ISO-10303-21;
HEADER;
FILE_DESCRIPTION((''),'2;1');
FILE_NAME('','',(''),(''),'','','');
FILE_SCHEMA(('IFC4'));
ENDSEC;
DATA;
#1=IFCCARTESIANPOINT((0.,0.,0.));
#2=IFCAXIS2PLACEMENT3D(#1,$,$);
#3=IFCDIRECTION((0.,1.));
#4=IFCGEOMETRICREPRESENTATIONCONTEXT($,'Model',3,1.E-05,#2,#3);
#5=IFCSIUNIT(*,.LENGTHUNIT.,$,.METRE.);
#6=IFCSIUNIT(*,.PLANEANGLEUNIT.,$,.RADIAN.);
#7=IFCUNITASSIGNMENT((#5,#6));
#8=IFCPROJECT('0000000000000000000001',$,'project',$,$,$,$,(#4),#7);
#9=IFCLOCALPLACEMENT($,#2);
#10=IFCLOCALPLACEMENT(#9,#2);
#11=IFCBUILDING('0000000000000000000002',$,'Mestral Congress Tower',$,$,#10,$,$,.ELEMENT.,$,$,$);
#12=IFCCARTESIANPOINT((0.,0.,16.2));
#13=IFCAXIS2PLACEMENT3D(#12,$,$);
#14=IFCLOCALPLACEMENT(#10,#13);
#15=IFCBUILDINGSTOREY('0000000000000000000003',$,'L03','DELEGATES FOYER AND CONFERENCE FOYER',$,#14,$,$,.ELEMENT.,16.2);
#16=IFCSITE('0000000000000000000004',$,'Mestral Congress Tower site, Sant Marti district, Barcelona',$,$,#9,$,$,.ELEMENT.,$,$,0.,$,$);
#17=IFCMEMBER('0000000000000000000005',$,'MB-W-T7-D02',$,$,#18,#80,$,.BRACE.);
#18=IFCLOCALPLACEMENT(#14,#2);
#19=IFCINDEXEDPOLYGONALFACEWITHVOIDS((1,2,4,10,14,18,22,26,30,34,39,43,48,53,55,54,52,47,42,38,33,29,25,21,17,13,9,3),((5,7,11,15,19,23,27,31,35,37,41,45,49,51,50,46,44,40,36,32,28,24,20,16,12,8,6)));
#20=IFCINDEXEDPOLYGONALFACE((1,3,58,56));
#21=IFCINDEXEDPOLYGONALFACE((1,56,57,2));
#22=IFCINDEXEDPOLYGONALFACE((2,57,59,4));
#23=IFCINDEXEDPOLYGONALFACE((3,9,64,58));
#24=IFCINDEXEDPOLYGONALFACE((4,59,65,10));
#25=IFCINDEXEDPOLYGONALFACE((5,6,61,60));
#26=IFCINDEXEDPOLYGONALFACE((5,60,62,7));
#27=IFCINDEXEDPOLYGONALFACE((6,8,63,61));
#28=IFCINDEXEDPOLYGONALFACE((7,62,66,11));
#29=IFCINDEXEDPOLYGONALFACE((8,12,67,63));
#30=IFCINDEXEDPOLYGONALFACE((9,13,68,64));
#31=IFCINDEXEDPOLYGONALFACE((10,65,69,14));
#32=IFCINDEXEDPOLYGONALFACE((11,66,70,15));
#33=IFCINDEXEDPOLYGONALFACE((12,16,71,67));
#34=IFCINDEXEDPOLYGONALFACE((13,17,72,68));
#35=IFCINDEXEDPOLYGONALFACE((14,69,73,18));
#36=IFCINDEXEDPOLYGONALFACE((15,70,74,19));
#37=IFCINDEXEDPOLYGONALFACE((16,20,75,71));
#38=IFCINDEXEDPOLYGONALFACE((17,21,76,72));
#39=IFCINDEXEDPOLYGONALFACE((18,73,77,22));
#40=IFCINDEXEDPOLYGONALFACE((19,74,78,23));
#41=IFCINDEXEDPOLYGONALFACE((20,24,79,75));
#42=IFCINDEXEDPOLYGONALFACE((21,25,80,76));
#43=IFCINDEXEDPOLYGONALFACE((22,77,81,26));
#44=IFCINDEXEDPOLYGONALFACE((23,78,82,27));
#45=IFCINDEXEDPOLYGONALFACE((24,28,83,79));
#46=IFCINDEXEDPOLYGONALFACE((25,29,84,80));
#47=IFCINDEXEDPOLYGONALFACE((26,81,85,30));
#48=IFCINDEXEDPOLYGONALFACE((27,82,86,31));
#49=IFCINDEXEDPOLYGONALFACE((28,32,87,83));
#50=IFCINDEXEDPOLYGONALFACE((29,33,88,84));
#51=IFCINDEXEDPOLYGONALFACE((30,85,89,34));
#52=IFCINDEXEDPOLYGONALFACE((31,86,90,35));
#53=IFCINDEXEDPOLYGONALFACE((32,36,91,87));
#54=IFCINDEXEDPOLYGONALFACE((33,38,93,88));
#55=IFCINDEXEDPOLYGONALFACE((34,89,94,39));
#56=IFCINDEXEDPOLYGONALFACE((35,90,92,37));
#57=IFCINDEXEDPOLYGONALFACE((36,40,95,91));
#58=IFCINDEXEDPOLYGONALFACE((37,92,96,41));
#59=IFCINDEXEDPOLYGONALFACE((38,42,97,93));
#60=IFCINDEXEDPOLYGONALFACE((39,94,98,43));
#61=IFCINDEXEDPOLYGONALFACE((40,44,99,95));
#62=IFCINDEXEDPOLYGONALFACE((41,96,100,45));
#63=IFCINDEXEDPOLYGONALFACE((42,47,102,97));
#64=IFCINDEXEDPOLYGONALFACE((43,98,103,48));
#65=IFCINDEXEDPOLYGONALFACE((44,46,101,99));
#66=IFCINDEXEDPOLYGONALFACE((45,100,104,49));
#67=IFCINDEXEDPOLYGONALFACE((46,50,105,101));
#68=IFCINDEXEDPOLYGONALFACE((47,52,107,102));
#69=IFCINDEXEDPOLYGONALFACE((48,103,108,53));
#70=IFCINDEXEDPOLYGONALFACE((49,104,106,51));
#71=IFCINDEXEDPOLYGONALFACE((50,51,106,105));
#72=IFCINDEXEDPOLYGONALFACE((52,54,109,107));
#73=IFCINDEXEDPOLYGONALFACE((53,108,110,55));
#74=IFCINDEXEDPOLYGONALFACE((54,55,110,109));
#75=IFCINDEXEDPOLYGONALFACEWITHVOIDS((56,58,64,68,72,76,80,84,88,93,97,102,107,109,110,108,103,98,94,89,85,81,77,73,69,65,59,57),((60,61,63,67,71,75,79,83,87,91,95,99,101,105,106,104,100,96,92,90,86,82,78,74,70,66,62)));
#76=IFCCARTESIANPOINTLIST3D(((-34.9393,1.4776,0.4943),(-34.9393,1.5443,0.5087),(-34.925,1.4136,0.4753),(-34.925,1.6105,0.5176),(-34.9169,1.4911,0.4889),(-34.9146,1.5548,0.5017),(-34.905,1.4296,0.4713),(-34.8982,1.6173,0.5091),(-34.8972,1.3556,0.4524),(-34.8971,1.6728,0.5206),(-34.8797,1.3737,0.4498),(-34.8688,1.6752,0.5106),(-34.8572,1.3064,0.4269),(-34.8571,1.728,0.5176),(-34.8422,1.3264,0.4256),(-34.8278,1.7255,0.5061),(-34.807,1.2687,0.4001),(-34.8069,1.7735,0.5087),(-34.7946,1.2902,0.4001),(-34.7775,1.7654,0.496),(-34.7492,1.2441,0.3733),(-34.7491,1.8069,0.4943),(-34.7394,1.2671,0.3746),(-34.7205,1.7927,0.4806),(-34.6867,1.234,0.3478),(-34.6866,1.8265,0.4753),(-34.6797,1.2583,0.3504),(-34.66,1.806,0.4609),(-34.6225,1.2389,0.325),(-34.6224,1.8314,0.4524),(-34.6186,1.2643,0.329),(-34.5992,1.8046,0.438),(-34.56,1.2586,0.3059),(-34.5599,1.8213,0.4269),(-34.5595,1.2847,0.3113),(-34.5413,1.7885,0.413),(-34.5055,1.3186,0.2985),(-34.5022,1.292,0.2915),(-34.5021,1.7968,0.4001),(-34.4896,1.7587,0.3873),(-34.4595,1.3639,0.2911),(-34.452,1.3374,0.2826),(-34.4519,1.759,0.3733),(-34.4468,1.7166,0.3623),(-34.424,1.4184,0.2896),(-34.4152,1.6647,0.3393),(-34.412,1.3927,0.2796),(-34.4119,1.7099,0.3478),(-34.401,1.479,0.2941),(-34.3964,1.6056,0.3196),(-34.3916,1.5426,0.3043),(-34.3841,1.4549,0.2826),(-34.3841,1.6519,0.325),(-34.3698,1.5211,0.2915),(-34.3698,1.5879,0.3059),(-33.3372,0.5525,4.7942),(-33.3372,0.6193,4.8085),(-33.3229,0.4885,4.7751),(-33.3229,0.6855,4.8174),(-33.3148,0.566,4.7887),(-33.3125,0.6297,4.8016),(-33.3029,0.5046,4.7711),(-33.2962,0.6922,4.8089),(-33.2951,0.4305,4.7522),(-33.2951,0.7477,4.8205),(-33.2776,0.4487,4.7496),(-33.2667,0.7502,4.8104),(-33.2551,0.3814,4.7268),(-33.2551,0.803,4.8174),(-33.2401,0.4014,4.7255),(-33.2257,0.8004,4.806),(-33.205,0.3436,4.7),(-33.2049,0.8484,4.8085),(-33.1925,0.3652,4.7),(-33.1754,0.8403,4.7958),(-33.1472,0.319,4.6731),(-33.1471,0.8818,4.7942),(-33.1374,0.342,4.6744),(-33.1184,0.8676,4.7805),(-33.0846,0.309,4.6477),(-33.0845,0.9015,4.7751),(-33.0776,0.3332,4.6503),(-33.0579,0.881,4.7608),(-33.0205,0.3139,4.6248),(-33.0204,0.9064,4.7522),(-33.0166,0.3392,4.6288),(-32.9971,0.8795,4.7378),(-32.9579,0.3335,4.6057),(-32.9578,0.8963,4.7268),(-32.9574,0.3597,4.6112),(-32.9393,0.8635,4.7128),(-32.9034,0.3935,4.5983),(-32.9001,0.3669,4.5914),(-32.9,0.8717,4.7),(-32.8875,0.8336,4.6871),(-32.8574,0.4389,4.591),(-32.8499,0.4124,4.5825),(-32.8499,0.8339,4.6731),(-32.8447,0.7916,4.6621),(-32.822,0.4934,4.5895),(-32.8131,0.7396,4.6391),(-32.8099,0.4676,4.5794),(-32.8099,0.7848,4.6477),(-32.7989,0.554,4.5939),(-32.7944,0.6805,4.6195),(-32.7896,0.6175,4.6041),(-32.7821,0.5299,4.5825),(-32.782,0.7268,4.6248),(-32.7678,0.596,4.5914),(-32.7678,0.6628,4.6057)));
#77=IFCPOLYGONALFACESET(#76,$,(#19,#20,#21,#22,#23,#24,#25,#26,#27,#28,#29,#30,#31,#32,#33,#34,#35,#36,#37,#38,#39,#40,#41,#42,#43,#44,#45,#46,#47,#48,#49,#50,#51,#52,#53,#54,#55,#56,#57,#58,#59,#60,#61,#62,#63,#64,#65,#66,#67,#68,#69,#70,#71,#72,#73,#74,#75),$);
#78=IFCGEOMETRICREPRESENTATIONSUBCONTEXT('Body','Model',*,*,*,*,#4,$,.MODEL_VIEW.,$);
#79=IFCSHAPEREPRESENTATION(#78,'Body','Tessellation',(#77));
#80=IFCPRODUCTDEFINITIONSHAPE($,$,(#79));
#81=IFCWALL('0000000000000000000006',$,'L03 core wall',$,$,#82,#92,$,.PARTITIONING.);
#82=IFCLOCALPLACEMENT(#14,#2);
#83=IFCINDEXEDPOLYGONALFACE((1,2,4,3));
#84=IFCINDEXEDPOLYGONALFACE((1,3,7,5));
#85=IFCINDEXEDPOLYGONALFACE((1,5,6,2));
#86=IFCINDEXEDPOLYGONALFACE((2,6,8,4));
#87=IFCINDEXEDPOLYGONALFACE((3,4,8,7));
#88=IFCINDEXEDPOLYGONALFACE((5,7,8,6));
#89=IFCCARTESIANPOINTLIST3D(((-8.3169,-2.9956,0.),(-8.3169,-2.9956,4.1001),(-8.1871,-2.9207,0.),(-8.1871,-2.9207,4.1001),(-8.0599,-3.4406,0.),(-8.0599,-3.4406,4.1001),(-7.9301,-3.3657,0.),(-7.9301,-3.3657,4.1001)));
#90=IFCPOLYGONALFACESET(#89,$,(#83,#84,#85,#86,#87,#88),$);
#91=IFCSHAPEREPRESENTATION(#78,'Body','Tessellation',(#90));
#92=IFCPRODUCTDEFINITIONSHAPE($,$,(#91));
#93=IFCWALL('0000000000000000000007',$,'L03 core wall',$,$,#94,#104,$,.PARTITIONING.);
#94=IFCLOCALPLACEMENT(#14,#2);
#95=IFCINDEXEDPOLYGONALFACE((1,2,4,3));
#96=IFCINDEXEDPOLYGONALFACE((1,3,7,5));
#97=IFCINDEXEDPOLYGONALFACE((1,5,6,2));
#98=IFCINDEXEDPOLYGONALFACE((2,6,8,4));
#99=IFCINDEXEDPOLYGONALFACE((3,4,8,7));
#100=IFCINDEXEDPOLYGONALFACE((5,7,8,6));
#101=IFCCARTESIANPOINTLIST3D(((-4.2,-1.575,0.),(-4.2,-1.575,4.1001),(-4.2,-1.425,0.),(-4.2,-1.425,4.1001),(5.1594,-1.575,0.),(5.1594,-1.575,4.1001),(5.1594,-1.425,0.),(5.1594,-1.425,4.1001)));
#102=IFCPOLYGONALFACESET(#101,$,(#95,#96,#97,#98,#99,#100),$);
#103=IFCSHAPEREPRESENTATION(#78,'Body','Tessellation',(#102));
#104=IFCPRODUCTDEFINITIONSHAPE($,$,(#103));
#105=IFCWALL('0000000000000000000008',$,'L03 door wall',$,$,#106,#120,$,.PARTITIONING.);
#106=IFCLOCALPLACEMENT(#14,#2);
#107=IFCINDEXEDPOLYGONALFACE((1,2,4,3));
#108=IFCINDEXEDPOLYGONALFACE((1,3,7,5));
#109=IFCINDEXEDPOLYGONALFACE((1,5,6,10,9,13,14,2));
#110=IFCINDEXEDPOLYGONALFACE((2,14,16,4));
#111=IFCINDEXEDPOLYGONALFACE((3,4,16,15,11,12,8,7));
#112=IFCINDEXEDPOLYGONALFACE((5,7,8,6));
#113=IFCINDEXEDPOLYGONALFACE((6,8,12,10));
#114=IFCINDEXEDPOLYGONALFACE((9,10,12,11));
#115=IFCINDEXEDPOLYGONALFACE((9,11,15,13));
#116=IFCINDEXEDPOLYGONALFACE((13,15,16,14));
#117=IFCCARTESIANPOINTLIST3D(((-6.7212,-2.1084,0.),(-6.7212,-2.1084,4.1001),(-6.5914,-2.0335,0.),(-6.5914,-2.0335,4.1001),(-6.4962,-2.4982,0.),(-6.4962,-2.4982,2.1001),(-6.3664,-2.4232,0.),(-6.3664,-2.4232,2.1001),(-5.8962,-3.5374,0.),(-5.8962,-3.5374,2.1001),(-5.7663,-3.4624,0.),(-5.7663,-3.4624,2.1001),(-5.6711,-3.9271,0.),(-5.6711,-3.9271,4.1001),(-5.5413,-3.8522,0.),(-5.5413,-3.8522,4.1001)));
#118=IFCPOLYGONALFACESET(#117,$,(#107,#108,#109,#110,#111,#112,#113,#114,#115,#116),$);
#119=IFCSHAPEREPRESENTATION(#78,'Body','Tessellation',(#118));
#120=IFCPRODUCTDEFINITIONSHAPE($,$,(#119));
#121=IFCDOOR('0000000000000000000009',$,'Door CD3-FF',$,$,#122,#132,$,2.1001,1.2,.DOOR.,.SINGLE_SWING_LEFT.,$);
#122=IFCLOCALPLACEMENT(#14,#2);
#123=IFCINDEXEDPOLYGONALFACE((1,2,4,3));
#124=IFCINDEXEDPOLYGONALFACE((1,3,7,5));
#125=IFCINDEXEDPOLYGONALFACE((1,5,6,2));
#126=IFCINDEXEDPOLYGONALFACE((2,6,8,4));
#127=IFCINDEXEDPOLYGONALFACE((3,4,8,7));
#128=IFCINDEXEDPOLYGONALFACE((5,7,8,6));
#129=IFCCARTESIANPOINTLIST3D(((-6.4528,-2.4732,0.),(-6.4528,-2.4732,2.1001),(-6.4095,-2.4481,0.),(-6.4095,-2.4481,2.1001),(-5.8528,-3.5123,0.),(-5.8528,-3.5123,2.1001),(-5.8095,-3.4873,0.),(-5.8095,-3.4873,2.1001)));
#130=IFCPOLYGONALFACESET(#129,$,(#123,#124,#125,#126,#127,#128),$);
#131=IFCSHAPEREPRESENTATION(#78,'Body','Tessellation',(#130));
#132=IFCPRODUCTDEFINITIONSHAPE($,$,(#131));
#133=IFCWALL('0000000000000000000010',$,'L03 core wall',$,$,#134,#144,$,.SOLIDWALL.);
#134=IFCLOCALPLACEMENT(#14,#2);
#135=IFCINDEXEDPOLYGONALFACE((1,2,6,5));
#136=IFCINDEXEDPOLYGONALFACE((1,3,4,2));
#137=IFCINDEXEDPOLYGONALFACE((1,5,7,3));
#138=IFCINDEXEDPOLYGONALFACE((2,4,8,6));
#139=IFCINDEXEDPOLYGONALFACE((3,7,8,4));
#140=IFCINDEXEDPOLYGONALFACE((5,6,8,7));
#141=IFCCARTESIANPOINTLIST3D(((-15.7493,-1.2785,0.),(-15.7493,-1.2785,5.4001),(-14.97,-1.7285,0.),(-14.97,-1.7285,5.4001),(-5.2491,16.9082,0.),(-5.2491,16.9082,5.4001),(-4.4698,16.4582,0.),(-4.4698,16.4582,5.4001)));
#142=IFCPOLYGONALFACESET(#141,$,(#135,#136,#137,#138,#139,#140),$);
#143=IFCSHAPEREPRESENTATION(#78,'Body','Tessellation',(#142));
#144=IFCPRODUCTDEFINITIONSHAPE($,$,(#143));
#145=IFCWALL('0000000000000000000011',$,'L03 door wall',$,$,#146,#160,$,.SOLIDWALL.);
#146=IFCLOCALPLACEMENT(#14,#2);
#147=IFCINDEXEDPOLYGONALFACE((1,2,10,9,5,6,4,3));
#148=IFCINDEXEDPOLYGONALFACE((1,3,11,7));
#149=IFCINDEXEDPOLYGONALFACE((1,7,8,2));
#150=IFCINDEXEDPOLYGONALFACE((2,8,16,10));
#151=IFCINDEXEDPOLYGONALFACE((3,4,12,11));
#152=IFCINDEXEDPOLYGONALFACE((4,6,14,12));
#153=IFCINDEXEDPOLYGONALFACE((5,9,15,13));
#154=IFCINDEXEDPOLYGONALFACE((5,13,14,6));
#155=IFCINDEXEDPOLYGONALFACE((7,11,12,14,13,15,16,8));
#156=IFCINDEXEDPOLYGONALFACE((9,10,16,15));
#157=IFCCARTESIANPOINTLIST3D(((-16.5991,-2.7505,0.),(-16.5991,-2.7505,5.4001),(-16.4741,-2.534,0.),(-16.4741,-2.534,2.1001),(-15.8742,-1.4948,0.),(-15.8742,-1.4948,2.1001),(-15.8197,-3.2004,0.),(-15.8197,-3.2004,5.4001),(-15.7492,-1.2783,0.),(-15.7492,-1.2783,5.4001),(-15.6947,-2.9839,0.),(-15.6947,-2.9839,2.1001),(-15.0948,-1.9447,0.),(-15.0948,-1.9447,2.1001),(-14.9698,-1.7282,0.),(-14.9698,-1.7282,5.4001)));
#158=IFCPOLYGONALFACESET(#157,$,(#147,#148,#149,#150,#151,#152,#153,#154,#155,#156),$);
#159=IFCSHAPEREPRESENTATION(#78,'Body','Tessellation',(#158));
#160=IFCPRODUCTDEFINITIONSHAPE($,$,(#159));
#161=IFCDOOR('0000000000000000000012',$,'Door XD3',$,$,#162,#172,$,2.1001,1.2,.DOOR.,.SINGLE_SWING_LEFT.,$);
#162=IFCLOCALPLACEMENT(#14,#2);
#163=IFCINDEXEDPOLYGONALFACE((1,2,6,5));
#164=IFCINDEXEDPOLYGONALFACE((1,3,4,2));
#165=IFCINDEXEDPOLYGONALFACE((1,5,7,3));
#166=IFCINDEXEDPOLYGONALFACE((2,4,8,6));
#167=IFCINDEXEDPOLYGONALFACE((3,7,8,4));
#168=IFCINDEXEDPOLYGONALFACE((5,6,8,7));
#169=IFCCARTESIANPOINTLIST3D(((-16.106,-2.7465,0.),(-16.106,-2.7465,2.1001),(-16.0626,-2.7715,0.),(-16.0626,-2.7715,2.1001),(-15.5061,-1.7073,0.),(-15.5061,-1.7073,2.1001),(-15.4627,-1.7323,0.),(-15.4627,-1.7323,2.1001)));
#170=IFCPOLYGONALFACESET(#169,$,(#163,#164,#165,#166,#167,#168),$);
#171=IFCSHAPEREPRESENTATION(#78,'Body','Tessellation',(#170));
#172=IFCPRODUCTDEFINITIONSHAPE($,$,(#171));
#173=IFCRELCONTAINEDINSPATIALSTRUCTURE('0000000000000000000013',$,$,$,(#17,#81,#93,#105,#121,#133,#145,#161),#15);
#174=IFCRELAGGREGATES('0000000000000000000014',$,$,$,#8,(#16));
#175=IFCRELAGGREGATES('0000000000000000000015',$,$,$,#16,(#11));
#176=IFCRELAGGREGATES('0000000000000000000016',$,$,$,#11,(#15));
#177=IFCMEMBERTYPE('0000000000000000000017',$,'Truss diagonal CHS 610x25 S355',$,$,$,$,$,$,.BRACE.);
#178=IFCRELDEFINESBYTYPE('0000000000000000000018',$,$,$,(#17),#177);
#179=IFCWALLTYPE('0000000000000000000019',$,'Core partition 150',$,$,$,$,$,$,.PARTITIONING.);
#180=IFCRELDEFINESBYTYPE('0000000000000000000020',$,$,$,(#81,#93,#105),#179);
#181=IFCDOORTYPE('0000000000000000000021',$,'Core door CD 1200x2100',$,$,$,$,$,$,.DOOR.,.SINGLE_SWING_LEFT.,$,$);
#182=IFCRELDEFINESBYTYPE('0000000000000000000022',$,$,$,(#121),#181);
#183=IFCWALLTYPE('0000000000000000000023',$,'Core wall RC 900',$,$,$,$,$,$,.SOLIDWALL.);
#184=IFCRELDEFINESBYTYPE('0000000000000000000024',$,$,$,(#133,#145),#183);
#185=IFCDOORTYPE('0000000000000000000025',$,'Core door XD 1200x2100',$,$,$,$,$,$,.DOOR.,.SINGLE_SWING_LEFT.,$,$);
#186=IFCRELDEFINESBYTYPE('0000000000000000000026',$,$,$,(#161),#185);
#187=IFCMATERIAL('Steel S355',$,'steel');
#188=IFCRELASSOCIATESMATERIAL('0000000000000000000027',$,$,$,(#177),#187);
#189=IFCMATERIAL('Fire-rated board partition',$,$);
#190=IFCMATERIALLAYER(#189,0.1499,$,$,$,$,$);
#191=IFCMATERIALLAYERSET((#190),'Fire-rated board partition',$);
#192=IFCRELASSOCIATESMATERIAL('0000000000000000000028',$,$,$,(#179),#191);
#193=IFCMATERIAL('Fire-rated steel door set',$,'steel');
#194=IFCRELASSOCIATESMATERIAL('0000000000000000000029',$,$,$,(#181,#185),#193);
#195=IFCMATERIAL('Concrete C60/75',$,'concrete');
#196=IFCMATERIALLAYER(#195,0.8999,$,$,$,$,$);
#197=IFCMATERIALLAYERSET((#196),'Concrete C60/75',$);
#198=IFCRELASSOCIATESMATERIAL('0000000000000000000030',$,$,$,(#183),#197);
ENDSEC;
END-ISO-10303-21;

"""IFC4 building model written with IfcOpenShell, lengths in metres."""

from ifc_helpers import new_model, si_unit, direction, frame, frame_2d, origin, origin_2d, place, context, subcontext, project, spatial, rectangle, hollow_circle, extrude, material, layer, layer_set, material_profile, profile_set, type_object, element, fill, save


model = new_model("IFC4")

# Units and contexts
model_context = context("Model", 3, precision=1e-05, world=origin(), true_north=direction((0.0, 1.0)))
body_context = subcontext(model_context, "Body", "Model", "MODEL_VIEW")
ifc_project = project(units=[si_unit("LENGTHUNIT", "METRE"), si_unit("PLANEANGLEUNIT", "RADIAN")], contexts=[model_context])

# Site, building, storey
site_placement = place(None, origin())
site = spatial("IfcSite", under=ifc_project, at=site_placement, Name="Mestral Congress Tower site, Sant Marti district, Barcelona", CompositionType="ELEMENT", RefElevation=0.0)
building_placement = place(site_placement, origin())
building = spatial("IfcBuilding", under=site, at=building_placement, Name="Mestral Congress Tower", CompositionType="ELEMENT")
storey_placement = place(building_placement, frame((0.0, 0.0, 16.2)))
storey = spatial("IfcBuildingStorey", under=building, at=storey_placement, Name="L03", Description="DELEGATES FOYER AND CONFERENCE FOYER", CompositionType="ELEMENT", Elevation=16.2)

# Member
ifc_material_1 = material(Name="Steel S355", Category="steel")
ifc_material_profile_1 = material_profile(ifc_material_1, hollow_circle(Radius=0.3049, WallThickness=0.0249, at=origin_2d()), Name="CHS 610x25")
ifc_profile_set_1 = profile_set([ifc_material_profile_1], Name="Steel S355")
member_type_1 = type_object("IfcMemberType", Name="Truss diagonal CHS 610x25 S355", PredefinedType="BRACE", material=ifc_profile_set_1)
for number, where, z_axis, x_axis, name in (
    (1, (-33.0525, 0.6077, 4.7), (-0.342254, 0.197623, -0.91859), (-0.500042, -0.866001, 0.0), "MB-W-T7-D02"),
):
    element("IfcMember", number, at=place(storey_placement, frame(where, z_axis=z_axis, x_axis=x_axis)), inside=storey, type_object=member_type_1, Name=name, PredefinedType="BRACE", context=body_context, shape_type="SweptSolid", body=[
        extrude(hollow_circle(Radius=0.3049, WallThickness=0.0249, at=origin_2d()), origin(), (0.0, 0.0, 1.0), 4.6809),
    ])

# Walls
ifc_material_2 = material(Name="Fire-rated board partition")
ifc_layer_1 = layer(ifc_material_2, 0.1499)
ifc_layer_set_1 = layer_set([ifc_layer_1], Name="Fire-rated board partition")
wall_type_1 = type_object("IfcWallType", Name="Core partition 150", PredefinedType="PARTITIONING", material=ifc_layer_set_1)
wall_1_placement = place(storey_placement, frame((-8.252, -2.9583, 0.0), z_axis=(0.0, 0.0, 1.0), x_axis=(0.500175, -0.865925, 0.0)))
element("IfcWall", 2, at=wall_1_placement, inside=storey, type_object=wall_type_1, Name="L03 core wall", PredefinedType="PARTITIONING", context=body_context, shape_type="SweptSolid", body=[
    extrude(rectangle(XDim=0.5139, YDim=0.1499, at=frame_2d((0.2568, 0.0))), origin(), (0.0, 0.0, 1.0), 4.1001),
])
wall_2_placement = place(storey_placement, frame((-4.2, -1.5, 0.0), z_axis=(0.0, 0.0, 1.0), x_axis=(1.0, 0.0, 0.0)))
element("IfcWall", 3, at=wall_2_placement, inside=storey, type_object=wall_type_1, Name="L03 core wall", PredefinedType="PARTITIONING", context=body_context, shape_type="SweptSolid", body=[
    extrude(rectangle(XDim=9.3594, YDim=0.1499, at=frame_2d((4.6797, 0.0))), origin(), (0.0, 0.0, 1.0), 4.1001),
])

# Wall, opening, door
wall_3_placement = place(storey_placement, frame((-5.6062, -3.8896, 0.0), z_axis=(0.0, 0.0, 1.0), x_axis=(-0.500028, 0.866009, 0.0)))
wall_3 = element("IfcWall", 4, at=wall_3_placement, inside=storey, type_object=wall_type_1, Name="L03 door wall", PredefinedType="PARTITIONING", context=body_context, shape_type="SweptSolid", body=[
    extrude(rectangle(XDim=2.1001, YDim=0.1499, at=frame_2d((1.05, 0.0))), origin(), (0.0, 0.0, 1.0), 4.1001),
])
opening_1_placement = place(wall_3_placement, frame((0.45, 0.0, 0.0)))
opening_1 = element("IfcOpeningElement", 5, at=opening_1_placement, cuts=wall_3, PredefinedType="OPENING", context=body_context, shape_type="SweptSolid", body=[
    extrude(rectangle(XDim=1.2, YDim=2.1001, at=frame_2d((0.6001, 1.05))), frame((0.0, 0.085, 0.0), z_axis=(0.0, -1.0, 0.0), x_axis=(1.0, 0.0, 0.0)), (0.0, 0.0, 1.0), 0.1699),
])
ifc_material_3 = material(Name="Fire-rated steel door set", Category="steel")
door_type_1 = type_object("IfcDoorType", Name="Core door CD 1200x2100", OperationType="SINGLE_SWING_LEFT", PredefinedType="DOOR", material=ifc_material_3)
door_1_placement = place(opening_1_placement, origin())
door_1 = element("IfcDoor", 6, at=door_1_placement, inside=storey, type_object=door_type_1, Name="Door CD3-FF", OperationType="SINGLE_SWING_LEFT", OverallHeight=2.1001, OverallWidth=1.2, PredefinedType="DOOR", context=body_context, shape_type="SweptSolid", body=[
    extrude(rectangle(XDim=1.2, YDim=2.1001, at=frame_2d((0.6001, 1.05))), frame((0.0, 0.0249, 0.0), z_axis=(0.0, -1.0, 0.0), x_axis=(1.0, 0.0, 0.0)), (0.0, 0.0, 1.0), 0.05),
])
fill(opening_1, door_1)

# Wall
ifc_material_4 = material(Name="Concrete C60/75", Category="concrete")
ifc_layer_2 = layer(ifc_material_4, 0.8999)
ifc_layer_set_2 = layer_set([ifc_layer_2], Name="Concrete C60/75")
wall_type_2 = type_object("IfcWallType", Name="Core wall RC 900", PredefinedType="SOLIDWALL", material=ifc_layer_set_2)
wall_4_placement = place(storey_placement, frame((-15.3596, -1.5034, 0.0), z_axis=(0.0, 0.0, 1.0), x_axis=(0.500004, 0.866023, 0.0)))
element("IfcWall", 7, at=wall_4_placement, inside=storey, type_object=wall_type_2, Name="L03 core wall", PredefinedType="SOLIDWALL", context=body_context, shape_type="SweptSolid", body=[
    extrude(rectangle(XDim=21.0002, YDim=0.8999, at=frame_2d((10.5, 0.0))), origin(), (0.0, 0.0, 1.0), 5.4001),
])

# Wall, opening, door
wall_5_placement = place(storey_placement, frame((-16.2095, -2.9756, 0.0), z_axis=(0.0, 0.0, 1.0), x_axis=(0.499955, 0.866052, 0.0)))
wall_5 = element("IfcWall", 8, at=wall_5_placement, inside=storey, type_object=wall_type_2, Name="L03 door wall", PredefinedType="SOLIDWALL", context=body_context, shape_type="SweptSolid", body=[
    extrude(rectangle(XDim=1.7, YDim=0.8999, at=frame_2d((0.8501, 0.0))), origin(), (0.0, 0.0, 1.0), 5.4001),
])
opening_2_placement = place(wall_5_placement, frame((0.25, 0.0, 0.0)))
opening_2 = element("IfcOpeningElement", 9, at=opening_2_placement, cuts=wall_5, PredefinedType="OPENING", context=body_context, shape_type="SweptSolid", body=[
    extrude(rectangle(XDim=1.2, YDim=2.1001, at=frame_2d((0.6001, 1.05))), frame((0.0, 0.46, 0.0), z_axis=(0.0, -1.0, 0.0), x_axis=(1.0, 0.0, 0.0)), (0.0, 0.0, 1.0), 0.9199),
])
door_type_2 = type_object("IfcDoorType", Name="Core door XD 1200x2100", OperationType="SINGLE_SWING_LEFT", PredefinedType="DOOR", material=ifc_material_3)
door_2_placement = place(opening_2_placement, origin())
door_2 = element("IfcDoor", 10, at=door_2_placement, inside=storey, type_object=door_type_2, Name="Door XD3", OperationType="SINGLE_SWING_LEFT", OverallHeight=2.1001, OverallWidth=1.2, PredefinedType="DOOR", context=body_context, shape_type="SweptSolid", body=[
    extrude(rectangle(XDim=1.2, YDim=2.1001, at=frame_2d((0.6001, 1.05))), frame((0.0, 0.0249, 0.0), z_axis=(0.0, -1.0, 0.0), x_axis=(1.0, 0.0, 0.0)), (0.0, 0.0, 1.0), 0.05),
])
fill(opening_2, door_2)

save(model, "model.ifc")
